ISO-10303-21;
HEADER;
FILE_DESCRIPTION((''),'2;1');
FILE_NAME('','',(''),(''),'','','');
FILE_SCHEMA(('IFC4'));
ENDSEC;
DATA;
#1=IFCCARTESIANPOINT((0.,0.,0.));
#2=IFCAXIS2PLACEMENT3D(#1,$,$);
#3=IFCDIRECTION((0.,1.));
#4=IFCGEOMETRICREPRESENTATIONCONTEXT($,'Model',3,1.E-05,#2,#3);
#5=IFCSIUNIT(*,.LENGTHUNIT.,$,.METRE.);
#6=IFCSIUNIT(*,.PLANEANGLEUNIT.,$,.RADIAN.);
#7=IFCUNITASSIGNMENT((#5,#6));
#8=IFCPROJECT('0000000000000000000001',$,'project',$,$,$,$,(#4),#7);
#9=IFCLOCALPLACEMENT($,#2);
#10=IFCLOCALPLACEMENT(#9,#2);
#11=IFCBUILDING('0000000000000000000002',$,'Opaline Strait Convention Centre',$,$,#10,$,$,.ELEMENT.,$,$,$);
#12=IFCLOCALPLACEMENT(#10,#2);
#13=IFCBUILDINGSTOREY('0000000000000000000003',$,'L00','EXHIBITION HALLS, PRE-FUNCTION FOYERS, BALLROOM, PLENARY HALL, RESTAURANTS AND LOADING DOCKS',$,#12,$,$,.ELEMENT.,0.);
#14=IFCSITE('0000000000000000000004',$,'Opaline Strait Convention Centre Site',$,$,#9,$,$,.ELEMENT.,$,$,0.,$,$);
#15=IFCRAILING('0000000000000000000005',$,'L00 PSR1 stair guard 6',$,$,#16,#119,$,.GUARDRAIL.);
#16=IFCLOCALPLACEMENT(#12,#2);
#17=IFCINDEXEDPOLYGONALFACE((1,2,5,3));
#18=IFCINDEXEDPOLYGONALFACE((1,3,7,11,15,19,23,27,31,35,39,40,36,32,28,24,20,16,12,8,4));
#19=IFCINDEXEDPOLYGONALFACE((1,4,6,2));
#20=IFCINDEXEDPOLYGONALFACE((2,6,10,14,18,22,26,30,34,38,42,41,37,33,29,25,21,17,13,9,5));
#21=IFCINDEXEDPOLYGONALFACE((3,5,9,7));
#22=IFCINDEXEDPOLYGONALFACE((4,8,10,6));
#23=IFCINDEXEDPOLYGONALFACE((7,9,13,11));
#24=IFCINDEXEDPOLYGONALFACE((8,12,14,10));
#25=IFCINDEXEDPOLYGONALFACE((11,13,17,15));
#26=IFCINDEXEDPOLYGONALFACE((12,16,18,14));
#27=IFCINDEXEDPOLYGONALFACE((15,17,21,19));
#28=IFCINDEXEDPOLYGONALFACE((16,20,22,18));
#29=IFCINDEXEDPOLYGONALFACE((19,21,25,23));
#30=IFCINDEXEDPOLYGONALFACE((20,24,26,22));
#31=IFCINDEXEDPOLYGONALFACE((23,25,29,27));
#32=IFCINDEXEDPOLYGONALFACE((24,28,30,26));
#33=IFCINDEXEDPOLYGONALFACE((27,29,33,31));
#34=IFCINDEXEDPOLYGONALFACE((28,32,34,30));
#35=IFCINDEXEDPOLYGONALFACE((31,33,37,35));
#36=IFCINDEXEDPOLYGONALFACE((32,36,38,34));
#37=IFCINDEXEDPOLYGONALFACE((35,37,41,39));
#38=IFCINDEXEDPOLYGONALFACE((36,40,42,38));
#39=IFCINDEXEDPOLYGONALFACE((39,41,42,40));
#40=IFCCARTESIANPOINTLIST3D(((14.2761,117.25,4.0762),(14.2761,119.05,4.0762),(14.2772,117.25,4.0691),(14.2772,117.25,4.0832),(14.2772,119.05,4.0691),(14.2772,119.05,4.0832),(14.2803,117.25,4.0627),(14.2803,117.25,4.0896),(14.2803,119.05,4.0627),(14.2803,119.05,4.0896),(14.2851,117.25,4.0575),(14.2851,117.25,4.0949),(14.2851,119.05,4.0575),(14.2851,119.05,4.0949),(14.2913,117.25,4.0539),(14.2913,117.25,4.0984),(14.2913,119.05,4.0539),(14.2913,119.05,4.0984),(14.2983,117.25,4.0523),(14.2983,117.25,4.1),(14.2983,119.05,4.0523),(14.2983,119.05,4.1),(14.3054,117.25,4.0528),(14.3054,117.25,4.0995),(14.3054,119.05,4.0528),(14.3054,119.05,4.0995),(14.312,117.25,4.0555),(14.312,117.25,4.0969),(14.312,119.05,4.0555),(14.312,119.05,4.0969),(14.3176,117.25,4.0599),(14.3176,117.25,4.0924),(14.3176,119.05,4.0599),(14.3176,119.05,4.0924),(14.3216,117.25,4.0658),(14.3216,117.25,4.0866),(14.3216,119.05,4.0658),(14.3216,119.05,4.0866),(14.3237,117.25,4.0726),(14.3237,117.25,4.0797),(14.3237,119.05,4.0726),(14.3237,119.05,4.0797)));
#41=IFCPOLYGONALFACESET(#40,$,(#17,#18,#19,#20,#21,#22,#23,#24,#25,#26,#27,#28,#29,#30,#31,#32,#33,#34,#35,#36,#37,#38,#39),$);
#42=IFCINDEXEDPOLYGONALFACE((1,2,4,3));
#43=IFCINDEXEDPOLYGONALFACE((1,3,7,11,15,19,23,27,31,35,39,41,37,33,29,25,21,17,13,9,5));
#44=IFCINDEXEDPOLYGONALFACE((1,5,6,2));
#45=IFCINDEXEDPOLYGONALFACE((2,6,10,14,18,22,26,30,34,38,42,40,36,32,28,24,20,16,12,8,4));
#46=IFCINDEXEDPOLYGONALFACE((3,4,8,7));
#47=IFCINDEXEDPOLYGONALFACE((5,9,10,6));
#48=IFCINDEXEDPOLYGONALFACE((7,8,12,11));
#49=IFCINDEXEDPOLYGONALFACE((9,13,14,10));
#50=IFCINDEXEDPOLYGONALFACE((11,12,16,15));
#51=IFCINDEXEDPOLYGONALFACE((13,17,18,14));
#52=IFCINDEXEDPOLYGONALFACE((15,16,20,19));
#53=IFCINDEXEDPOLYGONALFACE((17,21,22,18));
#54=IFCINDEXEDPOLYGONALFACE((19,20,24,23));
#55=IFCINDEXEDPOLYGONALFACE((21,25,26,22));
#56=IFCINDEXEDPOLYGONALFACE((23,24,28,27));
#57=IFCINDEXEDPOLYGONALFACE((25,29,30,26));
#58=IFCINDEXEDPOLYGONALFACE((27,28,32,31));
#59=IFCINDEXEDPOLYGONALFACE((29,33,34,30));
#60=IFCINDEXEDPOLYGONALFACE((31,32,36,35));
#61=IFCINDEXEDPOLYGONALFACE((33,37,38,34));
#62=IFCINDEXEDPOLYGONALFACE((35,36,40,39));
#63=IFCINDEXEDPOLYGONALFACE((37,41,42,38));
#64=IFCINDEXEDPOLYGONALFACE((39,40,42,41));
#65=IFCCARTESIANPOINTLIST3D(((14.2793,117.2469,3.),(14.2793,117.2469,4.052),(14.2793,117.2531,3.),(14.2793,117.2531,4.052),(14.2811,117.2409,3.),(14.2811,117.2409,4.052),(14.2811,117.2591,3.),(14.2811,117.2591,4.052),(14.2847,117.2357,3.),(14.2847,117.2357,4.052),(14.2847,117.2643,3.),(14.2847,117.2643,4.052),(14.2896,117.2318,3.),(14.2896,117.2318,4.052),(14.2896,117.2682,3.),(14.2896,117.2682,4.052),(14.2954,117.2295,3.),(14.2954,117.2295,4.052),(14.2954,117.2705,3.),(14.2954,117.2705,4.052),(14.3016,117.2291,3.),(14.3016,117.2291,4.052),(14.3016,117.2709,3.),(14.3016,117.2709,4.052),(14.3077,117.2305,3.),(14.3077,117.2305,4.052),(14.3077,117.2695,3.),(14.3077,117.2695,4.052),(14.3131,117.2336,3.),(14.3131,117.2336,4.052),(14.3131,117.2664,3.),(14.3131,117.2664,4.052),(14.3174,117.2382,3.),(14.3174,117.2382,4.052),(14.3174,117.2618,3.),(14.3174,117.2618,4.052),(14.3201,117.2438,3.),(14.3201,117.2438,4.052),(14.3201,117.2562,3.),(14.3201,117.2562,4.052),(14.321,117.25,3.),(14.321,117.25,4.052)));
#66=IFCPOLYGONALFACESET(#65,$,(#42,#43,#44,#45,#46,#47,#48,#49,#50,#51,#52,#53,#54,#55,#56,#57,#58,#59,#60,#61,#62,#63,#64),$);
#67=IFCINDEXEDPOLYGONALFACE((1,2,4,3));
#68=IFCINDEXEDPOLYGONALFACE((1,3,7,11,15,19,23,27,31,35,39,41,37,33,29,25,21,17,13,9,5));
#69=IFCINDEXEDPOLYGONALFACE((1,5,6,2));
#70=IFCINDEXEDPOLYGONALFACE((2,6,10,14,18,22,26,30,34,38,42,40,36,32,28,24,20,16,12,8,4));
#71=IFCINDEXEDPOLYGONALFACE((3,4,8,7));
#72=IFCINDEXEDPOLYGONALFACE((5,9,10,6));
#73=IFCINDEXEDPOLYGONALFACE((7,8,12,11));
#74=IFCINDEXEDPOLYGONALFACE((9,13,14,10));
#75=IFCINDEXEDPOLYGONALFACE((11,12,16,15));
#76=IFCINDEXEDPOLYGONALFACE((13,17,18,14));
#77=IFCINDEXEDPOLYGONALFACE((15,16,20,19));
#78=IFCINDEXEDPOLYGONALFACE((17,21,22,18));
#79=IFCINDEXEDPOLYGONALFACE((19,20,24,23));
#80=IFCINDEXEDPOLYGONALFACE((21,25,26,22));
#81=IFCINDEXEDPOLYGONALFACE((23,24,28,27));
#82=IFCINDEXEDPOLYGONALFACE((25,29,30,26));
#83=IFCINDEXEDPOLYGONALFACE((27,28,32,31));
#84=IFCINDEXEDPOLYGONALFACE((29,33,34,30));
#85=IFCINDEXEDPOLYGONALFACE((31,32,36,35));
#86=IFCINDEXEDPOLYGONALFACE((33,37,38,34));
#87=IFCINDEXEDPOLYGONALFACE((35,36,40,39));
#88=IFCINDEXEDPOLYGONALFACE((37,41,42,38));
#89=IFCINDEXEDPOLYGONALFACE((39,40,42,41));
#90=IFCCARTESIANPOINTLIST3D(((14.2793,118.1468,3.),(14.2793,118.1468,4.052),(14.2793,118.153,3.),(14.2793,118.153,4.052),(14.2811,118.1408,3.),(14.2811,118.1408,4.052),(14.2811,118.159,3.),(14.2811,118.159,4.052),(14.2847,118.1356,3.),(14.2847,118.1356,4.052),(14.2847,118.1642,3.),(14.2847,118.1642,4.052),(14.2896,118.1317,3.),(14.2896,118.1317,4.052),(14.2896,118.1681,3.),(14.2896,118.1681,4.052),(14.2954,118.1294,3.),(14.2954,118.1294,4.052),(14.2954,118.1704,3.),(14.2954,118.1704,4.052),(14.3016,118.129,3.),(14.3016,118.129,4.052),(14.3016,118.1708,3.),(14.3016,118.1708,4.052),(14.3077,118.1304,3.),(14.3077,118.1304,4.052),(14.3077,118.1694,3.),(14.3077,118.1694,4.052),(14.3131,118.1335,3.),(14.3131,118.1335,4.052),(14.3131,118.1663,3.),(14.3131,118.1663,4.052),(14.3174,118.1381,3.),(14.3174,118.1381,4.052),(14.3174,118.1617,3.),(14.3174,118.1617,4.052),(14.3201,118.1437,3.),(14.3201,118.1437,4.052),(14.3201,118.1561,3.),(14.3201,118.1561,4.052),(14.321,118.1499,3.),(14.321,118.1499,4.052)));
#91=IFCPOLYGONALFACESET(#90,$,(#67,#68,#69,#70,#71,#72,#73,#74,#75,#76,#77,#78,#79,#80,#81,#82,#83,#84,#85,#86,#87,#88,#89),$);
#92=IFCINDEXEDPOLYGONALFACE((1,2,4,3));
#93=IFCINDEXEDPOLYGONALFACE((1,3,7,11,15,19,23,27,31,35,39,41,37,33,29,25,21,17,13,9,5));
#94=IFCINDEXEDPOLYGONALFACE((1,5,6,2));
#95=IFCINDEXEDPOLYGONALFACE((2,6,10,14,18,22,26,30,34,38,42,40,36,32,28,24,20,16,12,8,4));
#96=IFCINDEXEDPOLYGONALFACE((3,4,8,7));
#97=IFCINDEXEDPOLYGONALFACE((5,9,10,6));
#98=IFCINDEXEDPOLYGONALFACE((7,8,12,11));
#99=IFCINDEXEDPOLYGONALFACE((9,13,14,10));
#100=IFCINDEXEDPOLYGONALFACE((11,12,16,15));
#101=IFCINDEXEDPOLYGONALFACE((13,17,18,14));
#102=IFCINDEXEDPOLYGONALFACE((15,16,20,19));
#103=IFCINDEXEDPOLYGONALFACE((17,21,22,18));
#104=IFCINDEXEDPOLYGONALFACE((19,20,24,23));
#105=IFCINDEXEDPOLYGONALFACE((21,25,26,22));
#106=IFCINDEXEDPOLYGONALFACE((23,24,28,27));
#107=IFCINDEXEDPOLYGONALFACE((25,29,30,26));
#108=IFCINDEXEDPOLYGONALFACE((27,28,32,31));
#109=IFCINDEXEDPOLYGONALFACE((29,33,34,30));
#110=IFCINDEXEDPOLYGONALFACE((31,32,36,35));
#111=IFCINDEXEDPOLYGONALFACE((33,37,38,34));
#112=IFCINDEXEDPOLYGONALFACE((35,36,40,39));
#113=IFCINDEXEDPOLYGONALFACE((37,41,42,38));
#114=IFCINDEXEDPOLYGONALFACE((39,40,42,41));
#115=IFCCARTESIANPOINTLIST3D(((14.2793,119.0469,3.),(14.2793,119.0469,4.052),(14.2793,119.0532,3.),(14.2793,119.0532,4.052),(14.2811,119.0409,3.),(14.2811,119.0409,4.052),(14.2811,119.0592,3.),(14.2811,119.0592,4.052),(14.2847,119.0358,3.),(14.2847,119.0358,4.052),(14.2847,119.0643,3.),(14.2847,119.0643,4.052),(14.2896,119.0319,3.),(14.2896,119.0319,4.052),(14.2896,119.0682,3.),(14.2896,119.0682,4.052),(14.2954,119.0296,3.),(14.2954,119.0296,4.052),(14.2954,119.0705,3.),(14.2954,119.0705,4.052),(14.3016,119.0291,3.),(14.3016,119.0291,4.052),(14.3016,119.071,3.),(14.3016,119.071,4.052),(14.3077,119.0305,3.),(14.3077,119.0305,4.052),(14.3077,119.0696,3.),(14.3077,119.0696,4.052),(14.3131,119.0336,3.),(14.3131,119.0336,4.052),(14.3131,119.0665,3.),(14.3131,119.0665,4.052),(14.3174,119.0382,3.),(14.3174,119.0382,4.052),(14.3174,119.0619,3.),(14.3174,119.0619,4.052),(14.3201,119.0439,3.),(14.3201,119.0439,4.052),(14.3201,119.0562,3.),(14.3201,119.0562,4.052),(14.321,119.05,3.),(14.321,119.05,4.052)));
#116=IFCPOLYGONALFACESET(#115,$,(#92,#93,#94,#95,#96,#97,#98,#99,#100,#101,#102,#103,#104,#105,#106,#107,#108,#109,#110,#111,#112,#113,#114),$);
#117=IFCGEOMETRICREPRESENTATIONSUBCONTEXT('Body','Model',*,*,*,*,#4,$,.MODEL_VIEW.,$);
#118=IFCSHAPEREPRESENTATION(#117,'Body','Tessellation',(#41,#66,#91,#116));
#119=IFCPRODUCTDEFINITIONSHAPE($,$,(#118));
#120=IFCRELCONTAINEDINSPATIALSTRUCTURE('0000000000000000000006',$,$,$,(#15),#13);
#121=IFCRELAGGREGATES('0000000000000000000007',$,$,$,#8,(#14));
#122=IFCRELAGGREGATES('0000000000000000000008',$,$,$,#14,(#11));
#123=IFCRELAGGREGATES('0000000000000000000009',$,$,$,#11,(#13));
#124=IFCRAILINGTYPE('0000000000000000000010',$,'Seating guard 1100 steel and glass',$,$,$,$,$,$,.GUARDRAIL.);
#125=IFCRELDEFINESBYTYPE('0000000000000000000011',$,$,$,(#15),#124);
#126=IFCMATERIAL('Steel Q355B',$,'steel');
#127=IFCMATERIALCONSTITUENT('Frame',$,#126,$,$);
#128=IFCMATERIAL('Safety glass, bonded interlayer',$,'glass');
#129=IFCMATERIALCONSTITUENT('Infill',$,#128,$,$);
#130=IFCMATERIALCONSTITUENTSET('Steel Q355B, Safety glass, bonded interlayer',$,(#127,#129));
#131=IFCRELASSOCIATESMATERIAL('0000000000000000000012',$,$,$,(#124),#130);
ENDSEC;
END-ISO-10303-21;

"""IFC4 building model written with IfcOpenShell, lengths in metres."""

from ifc_helpers import new_model, si_unit, direction, frame, origin, origin_2d, place, context, subcontext, project, spatial, circle, extrude, material, constituent, constituent_set, type_object, element, save


model = new_model("IFC4")

# Units and contexts
model_context = context("Model", 3, precision=1e-05, world=origin(), true_north=direction((0.0, 1.0)))
body_context = subcontext(model_context, "Body", "Model", "MODEL_VIEW")
ifc_project = project(units=[si_unit("LENGTHUNIT", "METRE"), si_unit("PLANEANGLEUNIT", "RADIAN")], contexts=[model_context])

# Site, building, storey
site_placement = place(None, origin())
site = spatial("IfcSite", under=ifc_project, at=site_placement, Name="Opaline Strait Convention Centre Site", CompositionType="ELEMENT", RefElevation=0.0)
building_placement = place(site_placement, origin())
building = spatial("IfcBuilding", under=site, at=building_placement, Name="Opaline Strait Convention Centre", CompositionType="ELEMENT")
storey_placement = place(building_placement, origin())
storey = spatial("IfcBuildingStorey", under=building, at=storey_placement, Name="L00", Description="EXHIBITION HALLS, PRE-FUNCTION FOYERS, BALLROOM, PLENARY HALL, RESTAURANTS AND LOADING DOCKS", CompositionType="ELEMENT", Elevation=0.0)

# Railing
ifc_material_1 = material(Name="Steel Q355B", Category="steel")
ifc_constituent_1 = constituent(ifc_material_1, Name="Frame")
ifc_material_2 = material(Name="Safety glass, bonded interlayer", Category="glass")
ifc_constituent_2 = constituent(ifc_material_2, Name="Infill")
ifc_constituent_set = constituent_set(constituents=[ifc_constituent_1, ifc_constituent_2], Name="Steel Q355B, Safety glass, bonded interlayer")
railing_type = type_object("IfcRailingType", Name="Seating guard 1100 steel and glass", PredefinedType="GUARDRAIL", material=ifc_constituent_set)
for number, where, name in (
    (1, (14.3, 117.25, 3.0), "L00 PSR1 stair guard 6"),
):
    element("IfcRailing", number, at=place(storey_placement, frame(where)), inside=storey, type_object=railing_type, Name=name, PredefinedType="GUARDRAIL", context=body_context, shape_type="SweptSolid", body=[
        extrude(circle(Radius=0.0239, at=origin_2d()), frame((0.0, 0.0, 1.0762), z_axis=(0.0, 1.0, 0.0), x_axis=(-1.0, 0.0, 0.0)), (0.0, 0.0, 1.0), 1.8),
        extrude(circle(Radius=0.021, at=origin_2d()), origin(), (0.0, 0.0, 1.0), 1.052),
        extrude(circle(Radius=0.021, at=origin_2d()), frame((0.0, 0.8999, 0.0)), (0.0, 0.0, 1.0), 1.052),
        extrude(circle(Radius=0.021, at=origin_2d()), frame((0.0, 1.8, 0.0)), (0.0, 0.0, 1.0), 1.052),
    ])

save(model, "model.ifc")
